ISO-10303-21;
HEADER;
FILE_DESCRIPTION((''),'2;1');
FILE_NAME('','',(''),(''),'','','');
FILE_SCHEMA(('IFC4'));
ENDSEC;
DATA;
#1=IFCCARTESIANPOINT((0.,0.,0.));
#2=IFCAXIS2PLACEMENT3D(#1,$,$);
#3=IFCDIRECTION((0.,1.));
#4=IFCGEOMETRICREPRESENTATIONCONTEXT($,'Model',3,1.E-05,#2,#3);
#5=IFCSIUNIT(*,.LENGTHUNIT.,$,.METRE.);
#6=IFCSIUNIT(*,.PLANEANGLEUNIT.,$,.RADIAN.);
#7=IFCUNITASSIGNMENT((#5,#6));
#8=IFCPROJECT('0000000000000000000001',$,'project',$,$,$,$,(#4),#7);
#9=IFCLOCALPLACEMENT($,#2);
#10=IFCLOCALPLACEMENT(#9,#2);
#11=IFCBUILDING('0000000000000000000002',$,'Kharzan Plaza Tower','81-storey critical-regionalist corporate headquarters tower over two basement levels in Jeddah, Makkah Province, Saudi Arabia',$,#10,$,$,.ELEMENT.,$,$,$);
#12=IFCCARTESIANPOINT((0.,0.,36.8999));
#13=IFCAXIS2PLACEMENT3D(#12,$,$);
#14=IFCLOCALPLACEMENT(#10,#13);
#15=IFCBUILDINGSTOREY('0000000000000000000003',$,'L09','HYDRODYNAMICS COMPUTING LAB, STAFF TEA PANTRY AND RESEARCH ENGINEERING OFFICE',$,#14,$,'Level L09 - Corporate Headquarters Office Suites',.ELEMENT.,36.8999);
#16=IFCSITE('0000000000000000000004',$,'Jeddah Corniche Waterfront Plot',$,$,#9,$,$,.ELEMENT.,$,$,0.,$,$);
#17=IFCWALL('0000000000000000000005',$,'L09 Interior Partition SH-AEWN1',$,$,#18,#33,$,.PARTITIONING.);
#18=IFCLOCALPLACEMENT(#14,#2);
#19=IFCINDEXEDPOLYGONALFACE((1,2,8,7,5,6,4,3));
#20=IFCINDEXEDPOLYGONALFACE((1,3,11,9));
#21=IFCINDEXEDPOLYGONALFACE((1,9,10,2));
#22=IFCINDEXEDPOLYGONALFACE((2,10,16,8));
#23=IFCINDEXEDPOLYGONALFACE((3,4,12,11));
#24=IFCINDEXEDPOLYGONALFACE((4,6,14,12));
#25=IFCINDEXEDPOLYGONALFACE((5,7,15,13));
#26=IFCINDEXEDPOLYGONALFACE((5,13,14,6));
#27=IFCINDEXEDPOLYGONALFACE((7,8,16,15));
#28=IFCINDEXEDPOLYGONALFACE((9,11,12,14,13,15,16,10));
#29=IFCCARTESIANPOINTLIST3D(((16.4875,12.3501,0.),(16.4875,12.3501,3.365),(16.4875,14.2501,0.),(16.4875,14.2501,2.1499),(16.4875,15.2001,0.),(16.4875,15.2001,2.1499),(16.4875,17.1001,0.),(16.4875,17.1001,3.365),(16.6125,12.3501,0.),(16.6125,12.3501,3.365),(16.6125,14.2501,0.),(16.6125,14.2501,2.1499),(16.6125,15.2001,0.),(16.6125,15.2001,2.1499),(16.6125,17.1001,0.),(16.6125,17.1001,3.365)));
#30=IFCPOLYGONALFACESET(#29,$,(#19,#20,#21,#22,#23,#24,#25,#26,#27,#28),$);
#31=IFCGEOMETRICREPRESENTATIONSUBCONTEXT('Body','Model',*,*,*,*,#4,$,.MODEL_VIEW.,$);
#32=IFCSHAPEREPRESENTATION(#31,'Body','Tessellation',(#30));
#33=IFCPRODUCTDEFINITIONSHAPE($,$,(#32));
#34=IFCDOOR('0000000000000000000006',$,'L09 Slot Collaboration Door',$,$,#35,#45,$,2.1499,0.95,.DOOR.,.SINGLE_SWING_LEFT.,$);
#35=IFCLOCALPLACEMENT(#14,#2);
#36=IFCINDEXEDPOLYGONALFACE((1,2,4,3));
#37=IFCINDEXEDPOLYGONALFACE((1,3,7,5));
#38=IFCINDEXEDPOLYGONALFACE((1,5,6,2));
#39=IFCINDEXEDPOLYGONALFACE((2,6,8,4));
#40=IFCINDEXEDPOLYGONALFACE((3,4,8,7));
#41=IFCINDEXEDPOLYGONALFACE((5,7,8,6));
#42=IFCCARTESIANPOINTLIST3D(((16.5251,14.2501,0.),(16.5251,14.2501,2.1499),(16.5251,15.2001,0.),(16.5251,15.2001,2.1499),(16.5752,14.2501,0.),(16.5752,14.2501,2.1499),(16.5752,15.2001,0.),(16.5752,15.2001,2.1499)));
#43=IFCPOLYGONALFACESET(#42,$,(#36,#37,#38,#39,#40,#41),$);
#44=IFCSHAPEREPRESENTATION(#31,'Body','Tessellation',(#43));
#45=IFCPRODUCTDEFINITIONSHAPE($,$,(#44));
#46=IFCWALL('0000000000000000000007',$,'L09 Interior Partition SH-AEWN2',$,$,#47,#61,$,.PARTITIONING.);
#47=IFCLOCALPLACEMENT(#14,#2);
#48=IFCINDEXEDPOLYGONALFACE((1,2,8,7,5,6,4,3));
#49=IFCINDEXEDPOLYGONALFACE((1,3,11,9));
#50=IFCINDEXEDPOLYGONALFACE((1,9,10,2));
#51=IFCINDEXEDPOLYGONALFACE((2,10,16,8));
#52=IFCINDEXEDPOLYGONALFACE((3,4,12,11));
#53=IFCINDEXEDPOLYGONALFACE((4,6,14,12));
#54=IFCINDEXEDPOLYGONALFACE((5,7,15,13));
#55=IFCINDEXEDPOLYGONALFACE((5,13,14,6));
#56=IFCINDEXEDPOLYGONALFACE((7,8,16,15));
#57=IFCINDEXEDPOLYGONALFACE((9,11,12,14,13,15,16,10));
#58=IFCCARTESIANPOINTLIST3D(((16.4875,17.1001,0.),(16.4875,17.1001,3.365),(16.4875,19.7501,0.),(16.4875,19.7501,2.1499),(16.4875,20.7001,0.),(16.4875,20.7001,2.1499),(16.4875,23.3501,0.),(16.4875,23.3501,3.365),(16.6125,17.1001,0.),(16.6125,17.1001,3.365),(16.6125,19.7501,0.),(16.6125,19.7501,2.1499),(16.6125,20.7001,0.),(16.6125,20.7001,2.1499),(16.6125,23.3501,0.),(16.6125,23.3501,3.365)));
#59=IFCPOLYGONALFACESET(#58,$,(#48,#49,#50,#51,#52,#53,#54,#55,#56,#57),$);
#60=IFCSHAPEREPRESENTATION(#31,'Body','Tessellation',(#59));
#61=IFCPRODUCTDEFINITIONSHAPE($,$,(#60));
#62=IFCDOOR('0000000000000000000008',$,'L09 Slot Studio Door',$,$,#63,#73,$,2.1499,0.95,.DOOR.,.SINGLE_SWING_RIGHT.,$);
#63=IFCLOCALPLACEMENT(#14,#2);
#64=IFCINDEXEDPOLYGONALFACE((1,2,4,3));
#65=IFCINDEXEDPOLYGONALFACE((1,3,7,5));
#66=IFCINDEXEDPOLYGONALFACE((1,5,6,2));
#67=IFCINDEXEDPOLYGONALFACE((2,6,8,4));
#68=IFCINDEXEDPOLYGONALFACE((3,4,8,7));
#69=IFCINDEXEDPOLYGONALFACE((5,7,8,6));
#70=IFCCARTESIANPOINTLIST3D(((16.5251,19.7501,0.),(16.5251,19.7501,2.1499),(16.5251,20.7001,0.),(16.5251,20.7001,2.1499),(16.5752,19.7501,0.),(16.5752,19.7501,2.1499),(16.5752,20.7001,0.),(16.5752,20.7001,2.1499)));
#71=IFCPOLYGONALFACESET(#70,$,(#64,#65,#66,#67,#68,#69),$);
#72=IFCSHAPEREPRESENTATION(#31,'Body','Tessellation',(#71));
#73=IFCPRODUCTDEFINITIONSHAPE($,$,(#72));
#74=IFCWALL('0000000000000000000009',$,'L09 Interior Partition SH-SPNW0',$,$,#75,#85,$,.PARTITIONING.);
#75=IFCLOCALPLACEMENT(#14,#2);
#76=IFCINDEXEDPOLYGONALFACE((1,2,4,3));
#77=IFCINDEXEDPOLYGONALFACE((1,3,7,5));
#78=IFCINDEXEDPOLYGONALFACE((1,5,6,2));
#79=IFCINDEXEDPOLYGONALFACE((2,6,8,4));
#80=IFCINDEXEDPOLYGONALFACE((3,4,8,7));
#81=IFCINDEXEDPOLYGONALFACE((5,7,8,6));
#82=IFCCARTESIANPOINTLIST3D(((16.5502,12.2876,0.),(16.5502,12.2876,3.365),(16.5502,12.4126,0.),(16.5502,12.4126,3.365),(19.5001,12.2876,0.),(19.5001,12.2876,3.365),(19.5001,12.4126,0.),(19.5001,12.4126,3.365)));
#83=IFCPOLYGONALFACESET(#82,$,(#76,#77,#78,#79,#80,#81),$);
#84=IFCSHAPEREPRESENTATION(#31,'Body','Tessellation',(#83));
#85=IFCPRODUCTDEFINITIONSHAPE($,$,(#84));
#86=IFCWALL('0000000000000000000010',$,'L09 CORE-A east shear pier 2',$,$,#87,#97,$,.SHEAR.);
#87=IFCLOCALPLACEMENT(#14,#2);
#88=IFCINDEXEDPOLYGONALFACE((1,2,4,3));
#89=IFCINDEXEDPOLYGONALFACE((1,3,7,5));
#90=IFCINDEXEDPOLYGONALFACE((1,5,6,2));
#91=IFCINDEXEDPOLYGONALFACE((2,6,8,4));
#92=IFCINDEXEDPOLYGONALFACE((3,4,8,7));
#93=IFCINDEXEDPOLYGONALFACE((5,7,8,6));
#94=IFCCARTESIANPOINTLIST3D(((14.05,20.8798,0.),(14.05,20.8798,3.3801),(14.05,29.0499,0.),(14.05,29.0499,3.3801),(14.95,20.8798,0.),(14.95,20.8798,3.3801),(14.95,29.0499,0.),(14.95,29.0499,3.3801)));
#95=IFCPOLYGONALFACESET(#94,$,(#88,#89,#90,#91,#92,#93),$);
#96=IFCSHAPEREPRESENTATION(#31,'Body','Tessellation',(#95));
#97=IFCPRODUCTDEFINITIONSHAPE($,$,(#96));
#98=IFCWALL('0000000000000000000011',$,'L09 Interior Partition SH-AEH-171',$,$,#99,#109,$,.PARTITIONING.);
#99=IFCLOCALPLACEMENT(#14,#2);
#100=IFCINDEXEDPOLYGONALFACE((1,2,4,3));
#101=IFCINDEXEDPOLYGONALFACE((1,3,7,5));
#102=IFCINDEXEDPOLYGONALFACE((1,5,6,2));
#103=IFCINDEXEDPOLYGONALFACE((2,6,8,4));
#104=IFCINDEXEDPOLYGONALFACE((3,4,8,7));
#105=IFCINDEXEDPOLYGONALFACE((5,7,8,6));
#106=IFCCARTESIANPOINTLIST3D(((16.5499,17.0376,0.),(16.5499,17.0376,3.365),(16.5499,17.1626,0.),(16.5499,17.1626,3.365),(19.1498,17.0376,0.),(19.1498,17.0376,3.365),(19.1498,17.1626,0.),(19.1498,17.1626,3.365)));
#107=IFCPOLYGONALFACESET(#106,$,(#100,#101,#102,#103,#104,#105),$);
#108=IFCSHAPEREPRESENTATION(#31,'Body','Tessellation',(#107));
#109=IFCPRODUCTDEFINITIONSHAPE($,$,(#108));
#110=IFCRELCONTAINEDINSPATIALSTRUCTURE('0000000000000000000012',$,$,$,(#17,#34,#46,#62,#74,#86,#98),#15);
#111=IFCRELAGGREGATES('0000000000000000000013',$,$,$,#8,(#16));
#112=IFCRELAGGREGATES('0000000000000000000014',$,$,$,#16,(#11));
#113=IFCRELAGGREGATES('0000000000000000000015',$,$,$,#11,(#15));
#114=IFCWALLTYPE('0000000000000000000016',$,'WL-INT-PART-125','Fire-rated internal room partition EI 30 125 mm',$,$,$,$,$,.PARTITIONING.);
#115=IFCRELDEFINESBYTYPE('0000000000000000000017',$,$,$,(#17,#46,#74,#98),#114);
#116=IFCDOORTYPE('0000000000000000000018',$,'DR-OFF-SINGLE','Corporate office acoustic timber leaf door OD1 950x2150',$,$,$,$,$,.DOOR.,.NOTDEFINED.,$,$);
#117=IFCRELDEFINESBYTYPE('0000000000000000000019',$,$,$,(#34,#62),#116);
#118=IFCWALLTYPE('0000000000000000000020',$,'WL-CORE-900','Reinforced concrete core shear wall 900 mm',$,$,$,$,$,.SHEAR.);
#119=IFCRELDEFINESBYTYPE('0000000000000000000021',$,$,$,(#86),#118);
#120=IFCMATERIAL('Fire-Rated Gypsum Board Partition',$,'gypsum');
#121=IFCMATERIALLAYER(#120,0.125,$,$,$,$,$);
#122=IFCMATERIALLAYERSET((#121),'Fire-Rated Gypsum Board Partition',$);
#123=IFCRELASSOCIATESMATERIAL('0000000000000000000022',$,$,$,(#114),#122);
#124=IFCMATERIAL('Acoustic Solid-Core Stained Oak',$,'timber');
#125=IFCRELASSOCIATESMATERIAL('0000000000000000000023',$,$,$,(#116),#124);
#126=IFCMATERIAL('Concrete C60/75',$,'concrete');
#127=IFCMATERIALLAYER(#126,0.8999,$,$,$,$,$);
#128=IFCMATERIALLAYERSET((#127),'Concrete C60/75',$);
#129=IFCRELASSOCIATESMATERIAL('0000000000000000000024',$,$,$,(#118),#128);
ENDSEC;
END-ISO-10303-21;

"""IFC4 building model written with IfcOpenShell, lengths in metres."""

from ifc_helpers import new_model, si_unit, direction, frame, frame_2d, origin, place, context, subcontext, project, spatial, rectangle, extrude, source, transform, mapped, material, layer, layer_set, type_object, element, fill, save


model = new_model("IFC4")

# Units and contexts
model_context = context("Model", 3, precision=1e-05, world=origin(), true_north=direction((0.0, 1.0)))
body_context = subcontext(model_context, "Body", "Model", "MODEL_VIEW")
ifc_project = project(units=[si_unit("LENGTHUNIT", "METRE"), si_unit("PLANEANGLEUNIT", "RADIAN")], contexts=[model_context])

# Site, building, storey
site_placement = place(None, origin())
site = spatial("IfcSite", under=ifc_project, at=site_placement, Name="Jeddah Corniche Waterfront Plot", CompositionType="ELEMENT", RefElevation=0.0)
building_placement = place(site_placement, origin())
building = spatial("IfcBuilding", under=site, at=building_placement, Name="Kharzan Plaza Tower", Description="81-storey critical-regionalist corporate headquarters tower over two basement levels in Jeddah, Makkah Province, Saudi Arabia", CompositionType="ELEMENT")
storey_placement = place(building_placement, frame((0.0, 0.0, 36.8999)))
storey = spatial("IfcBuildingStorey", under=building, at=storey_placement, Name="L09", Description="HYDRODYNAMICS COMPUTING LAB, STAFF TEA PANTRY AND RESEARCH ENGINEERING OFFICE", LongName="Level L09 - Corporate Headquarters Office Suites", CompositionType="ELEMENT", Elevation=36.8999)

# Shared definitions
ifc_material_1 = material(Name="Concrete C60/75", Category="concrete")

# Walls, openings, doors
ifc_material_2 = material(Name="Fire-Rated Gypsum Board Partition", Category="gypsum")
ifc_layer_1 = layer(ifc_material_2, 0.125)
ifc_layer_set_1 = layer_set([ifc_layer_1], Name="Fire-Rated Gypsum Board Partition")
wall_type_1 = type_object("IfcWallType", Name="WL-INT-PART-125", Description="Fire-rated internal room partition EI 30 125 mm", PredefinedType="PARTITIONING", material=ifc_layer_set_1)
wall_1_placement = place(storey_placement, frame((16.55, 12.3501, 0.0), z_axis=(0.0, 0.0, 1.0), x_axis=(0.0, 1.0, 0.0)))
wall_1 = element("IfcWall", 1, at=wall_1_placement, inside=storey, type_object=wall_type_1, Name="L09 Interior Partition SH-AEWN1", PredefinedType="PARTITIONING", context=body_context, shape_type="SweptSolid", body=[
    extrude(rectangle(XDim=4.75, YDim=0.125, at=frame_2d((2.375, 0.0))), origin(), (0.0, 0.0, 1.0), 3.365),
])
opening_1_placement = place(wall_1_placement, frame((1.8999, 0.0, 0.0)))
opening_1 = element("IfcOpeningElement", 2, at=opening_1_placement, cuts=wall_1, PredefinedType="OPENING", context=body_context, shape_type="SweptSolid", body=[
    extrude(rectangle(XDim=0.95, YDim=2.1499, at=frame_2d((0.4751, 1.075))), frame((0.0, 0.0725, 0.0), z_axis=(0.0, -1.0, 0.0), x_axis=(1.0, 0.0, 0.0)), (0.0, 0.0, 1.0), 0.145),
])
ifc_material_3 = material(Name="Acoustic Solid-Core Stained Oak", Category="timber")
door_type = type_object("IfcDoorType", Name="DR-OFF-SINGLE", Description="Corporate office acoustic timber leaf door OD1 950x2150", OperationType="NOTDEFINED", PredefinedType="DOOR", material=ifc_material_3)
shared_shape_1 = source(origin(), body_context, "Body", "SweptSolid", [
    extrude(rectangle(XDim=0.95, YDim=2.1499, at=frame_2d((0.4751, 1.075))), frame((0.0, 0.0249, 0.0), z_axis=(0.0, -1.0, 0.0), x_axis=(1.0, 0.0, 0.0)), (0.0, 0.0, 1.0), 0.05),
])
door_1_placement = place(opening_1_placement, origin())
door_1 = element("IfcDoor", 3, at=door_1_placement, inside=storey, type_object=door_type, Name="L09 Slot Collaboration Door", OperationType="SINGLE_SWING_LEFT", OverallHeight=2.1499, OverallWidth=0.95, PredefinedType="DOOR", context=body_context, shape_type="MappedRepresentation", body=[
    mapped(shared_shape_1, transform((0.0, 0.0, 0.0), x_axis=(1.0, 0.0, 0.0), y_axis=(0.0, 1.0, 0.0), z_axis=(0.0, 0.0, 1.0))),
])
fill(opening_1, door_1)
wall_2_placement = place(storey_placement, frame((16.55, 17.1001, 0.0), z_axis=(0.0, 0.0, 1.0), x_axis=(0.0, 1.0, 0.0)))
wall_2 = element("IfcWall", 4, at=wall_2_placement, inside=storey, type_object=wall_type_1, Name="L09 Interior Partition SH-AEWN2", PredefinedType="PARTITIONING", context=body_context, shape_type="SweptSolid", body=[
    extrude(rectangle(XDim=6.25, YDim=0.125, at=frame_2d((3.125, 0.0))), origin(), (0.0, 0.0, 1.0), 3.365),
])
opening_2_placement = place(wall_2_placement, frame((2.6499, 0.0, 0.0)))
opening_2 = element("IfcOpeningElement", 5, at=opening_2_placement, cuts=wall_2, PredefinedType="OPENING", context=body_context, shape_type="SweptSolid", body=[
    extrude(rectangle(XDim=0.95, YDim=2.1499, at=frame_2d((0.4751, 1.075))), frame((0.0, 0.0725, 0.0), z_axis=(0.0, -1.0, 0.0), x_axis=(1.0, 0.0, 0.0)), (0.0, 0.0, 1.0), 0.145),
])
door_2_placement = place(opening_2_placement, origin())
door_2 = element("IfcDoor", 6, at=door_2_placement, inside=storey, type_object=door_type, Name="L09 Slot Studio Door", OperationType="SINGLE_SWING_RIGHT", OverallHeight=2.1499, OverallWidth=0.95, PredefinedType="DOOR", context=body_context, shape_type="MappedRepresentation", body=[
    mapped(shared_shape_1, transform((0.0, 0.0, 0.0), x_axis=(1.0, 0.0, 0.0), y_axis=(0.0, 1.0, 0.0), z_axis=(0.0, 0.0, 1.0))),
])
fill(opening_2, door_2)

# Walls
shared_shape_2 = source(origin(), body_context, "Body", "SweptSolid", [
    extrude(rectangle(XDim=2.95, YDim=0.125, at=frame_2d((1.4751, 0.0))), origin(), (0.0, 0.0, 1.0), 3.365),
])
wall_3_placement = place(storey_placement, frame((16.55, 12.3501, 0.0), z_axis=(0.0, 0.0, 1.0), x_axis=(1.0, 0.0, 0.0)))
element("IfcWall", 7, at=wall_3_placement, inside=storey, type_object=wall_type_1, Name="L09 Interior Partition SH-SPNW0", PredefinedType="PARTITIONING", context=body_context, shape_type="MappedRepresentation", body=[
    mapped(shared_shape_2, transform((0.0, 0.0, 0.0), x_axis=(1.0, 0.0, 0.0), y_axis=(0.0, 1.0, 0.0), z_axis=(0.0, 0.0, 1.0))),
])
ifc_layer_2 = layer(ifc_material_1, 0.8999)
ifc_layer_set_2 = layer_set([ifc_layer_2], Name="Concrete C60/75")
wall_type_2 = type_object("IfcWallType", Name="WL-CORE-900", Description="Reinforced concrete core shear wall 900 mm", PredefinedType="SHEAR", material=ifc_layer_set_2)
shared_shape_3 = source(origin(), body_context, "Body", "SweptSolid", [
    extrude(rectangle(XDim=8.1702, YDim=0.8999, at=frame_2d((4.085, 0.0))), origin(), (0.0, 0.0, 1.0), 3.3801),
])
wall_4_placement = place(storey_placement, frame((14.5, 20.8799, 0.0), z_axis=(0.0, 0.0, 1.0), x_axis=(0.0, 1.0, 0.0)))
element("IfcWall", 8, at=wall_4_placement, inside=storey, type_object=wall_type_2, Name="L09 CORE-A east shear pier 2", PredefinedType="SHEAR", context=body_context, shape_type="MappedRepresentation", body=[
    mapped(shared_shape_3, transform((0.0, 0.0, 0.0), x_axis=(1.0, 0.0, 0.0), y_axis=(0.0, 1.0, 0.0), z_axis=(0.0, 0.0, 1.0))),
])
shared_shape_4 = source(origin(), body_context, "Body", "SweptSolid", [
    extrude(rectangle(XDim=2.5999, YDim=0.125, at=frame_2d((1.2998, 0.0))), origin(), (0.0, 0.0, 1.0), 3.365),
])
wall_5_placement = place(storey_placement, frame((16.55, 17.1001, 0.0), z_axis=(0.0, 0.0, 1.0), x_axis=(1.0, 0.0, 0.0)))
element("IfcWall", 9, at=wall_5_placement, inside=storey, type_object=wall_type_1, Name="L09 Interior Partition SH-AEH-171", PredefinedType="PARTITIONING", context=body_context, shape_type="MappedRepresentation", body=[
    mapped(shared_shape_4, transform((0.0, 0.0, 0.0), x_axis=(1.0, 0.0, 0.0), y_axis=(0.0, 1.0, 0.0), z_axis=(0.0, 0.0, 1.0))),
])

save(model, "model.ifc")
